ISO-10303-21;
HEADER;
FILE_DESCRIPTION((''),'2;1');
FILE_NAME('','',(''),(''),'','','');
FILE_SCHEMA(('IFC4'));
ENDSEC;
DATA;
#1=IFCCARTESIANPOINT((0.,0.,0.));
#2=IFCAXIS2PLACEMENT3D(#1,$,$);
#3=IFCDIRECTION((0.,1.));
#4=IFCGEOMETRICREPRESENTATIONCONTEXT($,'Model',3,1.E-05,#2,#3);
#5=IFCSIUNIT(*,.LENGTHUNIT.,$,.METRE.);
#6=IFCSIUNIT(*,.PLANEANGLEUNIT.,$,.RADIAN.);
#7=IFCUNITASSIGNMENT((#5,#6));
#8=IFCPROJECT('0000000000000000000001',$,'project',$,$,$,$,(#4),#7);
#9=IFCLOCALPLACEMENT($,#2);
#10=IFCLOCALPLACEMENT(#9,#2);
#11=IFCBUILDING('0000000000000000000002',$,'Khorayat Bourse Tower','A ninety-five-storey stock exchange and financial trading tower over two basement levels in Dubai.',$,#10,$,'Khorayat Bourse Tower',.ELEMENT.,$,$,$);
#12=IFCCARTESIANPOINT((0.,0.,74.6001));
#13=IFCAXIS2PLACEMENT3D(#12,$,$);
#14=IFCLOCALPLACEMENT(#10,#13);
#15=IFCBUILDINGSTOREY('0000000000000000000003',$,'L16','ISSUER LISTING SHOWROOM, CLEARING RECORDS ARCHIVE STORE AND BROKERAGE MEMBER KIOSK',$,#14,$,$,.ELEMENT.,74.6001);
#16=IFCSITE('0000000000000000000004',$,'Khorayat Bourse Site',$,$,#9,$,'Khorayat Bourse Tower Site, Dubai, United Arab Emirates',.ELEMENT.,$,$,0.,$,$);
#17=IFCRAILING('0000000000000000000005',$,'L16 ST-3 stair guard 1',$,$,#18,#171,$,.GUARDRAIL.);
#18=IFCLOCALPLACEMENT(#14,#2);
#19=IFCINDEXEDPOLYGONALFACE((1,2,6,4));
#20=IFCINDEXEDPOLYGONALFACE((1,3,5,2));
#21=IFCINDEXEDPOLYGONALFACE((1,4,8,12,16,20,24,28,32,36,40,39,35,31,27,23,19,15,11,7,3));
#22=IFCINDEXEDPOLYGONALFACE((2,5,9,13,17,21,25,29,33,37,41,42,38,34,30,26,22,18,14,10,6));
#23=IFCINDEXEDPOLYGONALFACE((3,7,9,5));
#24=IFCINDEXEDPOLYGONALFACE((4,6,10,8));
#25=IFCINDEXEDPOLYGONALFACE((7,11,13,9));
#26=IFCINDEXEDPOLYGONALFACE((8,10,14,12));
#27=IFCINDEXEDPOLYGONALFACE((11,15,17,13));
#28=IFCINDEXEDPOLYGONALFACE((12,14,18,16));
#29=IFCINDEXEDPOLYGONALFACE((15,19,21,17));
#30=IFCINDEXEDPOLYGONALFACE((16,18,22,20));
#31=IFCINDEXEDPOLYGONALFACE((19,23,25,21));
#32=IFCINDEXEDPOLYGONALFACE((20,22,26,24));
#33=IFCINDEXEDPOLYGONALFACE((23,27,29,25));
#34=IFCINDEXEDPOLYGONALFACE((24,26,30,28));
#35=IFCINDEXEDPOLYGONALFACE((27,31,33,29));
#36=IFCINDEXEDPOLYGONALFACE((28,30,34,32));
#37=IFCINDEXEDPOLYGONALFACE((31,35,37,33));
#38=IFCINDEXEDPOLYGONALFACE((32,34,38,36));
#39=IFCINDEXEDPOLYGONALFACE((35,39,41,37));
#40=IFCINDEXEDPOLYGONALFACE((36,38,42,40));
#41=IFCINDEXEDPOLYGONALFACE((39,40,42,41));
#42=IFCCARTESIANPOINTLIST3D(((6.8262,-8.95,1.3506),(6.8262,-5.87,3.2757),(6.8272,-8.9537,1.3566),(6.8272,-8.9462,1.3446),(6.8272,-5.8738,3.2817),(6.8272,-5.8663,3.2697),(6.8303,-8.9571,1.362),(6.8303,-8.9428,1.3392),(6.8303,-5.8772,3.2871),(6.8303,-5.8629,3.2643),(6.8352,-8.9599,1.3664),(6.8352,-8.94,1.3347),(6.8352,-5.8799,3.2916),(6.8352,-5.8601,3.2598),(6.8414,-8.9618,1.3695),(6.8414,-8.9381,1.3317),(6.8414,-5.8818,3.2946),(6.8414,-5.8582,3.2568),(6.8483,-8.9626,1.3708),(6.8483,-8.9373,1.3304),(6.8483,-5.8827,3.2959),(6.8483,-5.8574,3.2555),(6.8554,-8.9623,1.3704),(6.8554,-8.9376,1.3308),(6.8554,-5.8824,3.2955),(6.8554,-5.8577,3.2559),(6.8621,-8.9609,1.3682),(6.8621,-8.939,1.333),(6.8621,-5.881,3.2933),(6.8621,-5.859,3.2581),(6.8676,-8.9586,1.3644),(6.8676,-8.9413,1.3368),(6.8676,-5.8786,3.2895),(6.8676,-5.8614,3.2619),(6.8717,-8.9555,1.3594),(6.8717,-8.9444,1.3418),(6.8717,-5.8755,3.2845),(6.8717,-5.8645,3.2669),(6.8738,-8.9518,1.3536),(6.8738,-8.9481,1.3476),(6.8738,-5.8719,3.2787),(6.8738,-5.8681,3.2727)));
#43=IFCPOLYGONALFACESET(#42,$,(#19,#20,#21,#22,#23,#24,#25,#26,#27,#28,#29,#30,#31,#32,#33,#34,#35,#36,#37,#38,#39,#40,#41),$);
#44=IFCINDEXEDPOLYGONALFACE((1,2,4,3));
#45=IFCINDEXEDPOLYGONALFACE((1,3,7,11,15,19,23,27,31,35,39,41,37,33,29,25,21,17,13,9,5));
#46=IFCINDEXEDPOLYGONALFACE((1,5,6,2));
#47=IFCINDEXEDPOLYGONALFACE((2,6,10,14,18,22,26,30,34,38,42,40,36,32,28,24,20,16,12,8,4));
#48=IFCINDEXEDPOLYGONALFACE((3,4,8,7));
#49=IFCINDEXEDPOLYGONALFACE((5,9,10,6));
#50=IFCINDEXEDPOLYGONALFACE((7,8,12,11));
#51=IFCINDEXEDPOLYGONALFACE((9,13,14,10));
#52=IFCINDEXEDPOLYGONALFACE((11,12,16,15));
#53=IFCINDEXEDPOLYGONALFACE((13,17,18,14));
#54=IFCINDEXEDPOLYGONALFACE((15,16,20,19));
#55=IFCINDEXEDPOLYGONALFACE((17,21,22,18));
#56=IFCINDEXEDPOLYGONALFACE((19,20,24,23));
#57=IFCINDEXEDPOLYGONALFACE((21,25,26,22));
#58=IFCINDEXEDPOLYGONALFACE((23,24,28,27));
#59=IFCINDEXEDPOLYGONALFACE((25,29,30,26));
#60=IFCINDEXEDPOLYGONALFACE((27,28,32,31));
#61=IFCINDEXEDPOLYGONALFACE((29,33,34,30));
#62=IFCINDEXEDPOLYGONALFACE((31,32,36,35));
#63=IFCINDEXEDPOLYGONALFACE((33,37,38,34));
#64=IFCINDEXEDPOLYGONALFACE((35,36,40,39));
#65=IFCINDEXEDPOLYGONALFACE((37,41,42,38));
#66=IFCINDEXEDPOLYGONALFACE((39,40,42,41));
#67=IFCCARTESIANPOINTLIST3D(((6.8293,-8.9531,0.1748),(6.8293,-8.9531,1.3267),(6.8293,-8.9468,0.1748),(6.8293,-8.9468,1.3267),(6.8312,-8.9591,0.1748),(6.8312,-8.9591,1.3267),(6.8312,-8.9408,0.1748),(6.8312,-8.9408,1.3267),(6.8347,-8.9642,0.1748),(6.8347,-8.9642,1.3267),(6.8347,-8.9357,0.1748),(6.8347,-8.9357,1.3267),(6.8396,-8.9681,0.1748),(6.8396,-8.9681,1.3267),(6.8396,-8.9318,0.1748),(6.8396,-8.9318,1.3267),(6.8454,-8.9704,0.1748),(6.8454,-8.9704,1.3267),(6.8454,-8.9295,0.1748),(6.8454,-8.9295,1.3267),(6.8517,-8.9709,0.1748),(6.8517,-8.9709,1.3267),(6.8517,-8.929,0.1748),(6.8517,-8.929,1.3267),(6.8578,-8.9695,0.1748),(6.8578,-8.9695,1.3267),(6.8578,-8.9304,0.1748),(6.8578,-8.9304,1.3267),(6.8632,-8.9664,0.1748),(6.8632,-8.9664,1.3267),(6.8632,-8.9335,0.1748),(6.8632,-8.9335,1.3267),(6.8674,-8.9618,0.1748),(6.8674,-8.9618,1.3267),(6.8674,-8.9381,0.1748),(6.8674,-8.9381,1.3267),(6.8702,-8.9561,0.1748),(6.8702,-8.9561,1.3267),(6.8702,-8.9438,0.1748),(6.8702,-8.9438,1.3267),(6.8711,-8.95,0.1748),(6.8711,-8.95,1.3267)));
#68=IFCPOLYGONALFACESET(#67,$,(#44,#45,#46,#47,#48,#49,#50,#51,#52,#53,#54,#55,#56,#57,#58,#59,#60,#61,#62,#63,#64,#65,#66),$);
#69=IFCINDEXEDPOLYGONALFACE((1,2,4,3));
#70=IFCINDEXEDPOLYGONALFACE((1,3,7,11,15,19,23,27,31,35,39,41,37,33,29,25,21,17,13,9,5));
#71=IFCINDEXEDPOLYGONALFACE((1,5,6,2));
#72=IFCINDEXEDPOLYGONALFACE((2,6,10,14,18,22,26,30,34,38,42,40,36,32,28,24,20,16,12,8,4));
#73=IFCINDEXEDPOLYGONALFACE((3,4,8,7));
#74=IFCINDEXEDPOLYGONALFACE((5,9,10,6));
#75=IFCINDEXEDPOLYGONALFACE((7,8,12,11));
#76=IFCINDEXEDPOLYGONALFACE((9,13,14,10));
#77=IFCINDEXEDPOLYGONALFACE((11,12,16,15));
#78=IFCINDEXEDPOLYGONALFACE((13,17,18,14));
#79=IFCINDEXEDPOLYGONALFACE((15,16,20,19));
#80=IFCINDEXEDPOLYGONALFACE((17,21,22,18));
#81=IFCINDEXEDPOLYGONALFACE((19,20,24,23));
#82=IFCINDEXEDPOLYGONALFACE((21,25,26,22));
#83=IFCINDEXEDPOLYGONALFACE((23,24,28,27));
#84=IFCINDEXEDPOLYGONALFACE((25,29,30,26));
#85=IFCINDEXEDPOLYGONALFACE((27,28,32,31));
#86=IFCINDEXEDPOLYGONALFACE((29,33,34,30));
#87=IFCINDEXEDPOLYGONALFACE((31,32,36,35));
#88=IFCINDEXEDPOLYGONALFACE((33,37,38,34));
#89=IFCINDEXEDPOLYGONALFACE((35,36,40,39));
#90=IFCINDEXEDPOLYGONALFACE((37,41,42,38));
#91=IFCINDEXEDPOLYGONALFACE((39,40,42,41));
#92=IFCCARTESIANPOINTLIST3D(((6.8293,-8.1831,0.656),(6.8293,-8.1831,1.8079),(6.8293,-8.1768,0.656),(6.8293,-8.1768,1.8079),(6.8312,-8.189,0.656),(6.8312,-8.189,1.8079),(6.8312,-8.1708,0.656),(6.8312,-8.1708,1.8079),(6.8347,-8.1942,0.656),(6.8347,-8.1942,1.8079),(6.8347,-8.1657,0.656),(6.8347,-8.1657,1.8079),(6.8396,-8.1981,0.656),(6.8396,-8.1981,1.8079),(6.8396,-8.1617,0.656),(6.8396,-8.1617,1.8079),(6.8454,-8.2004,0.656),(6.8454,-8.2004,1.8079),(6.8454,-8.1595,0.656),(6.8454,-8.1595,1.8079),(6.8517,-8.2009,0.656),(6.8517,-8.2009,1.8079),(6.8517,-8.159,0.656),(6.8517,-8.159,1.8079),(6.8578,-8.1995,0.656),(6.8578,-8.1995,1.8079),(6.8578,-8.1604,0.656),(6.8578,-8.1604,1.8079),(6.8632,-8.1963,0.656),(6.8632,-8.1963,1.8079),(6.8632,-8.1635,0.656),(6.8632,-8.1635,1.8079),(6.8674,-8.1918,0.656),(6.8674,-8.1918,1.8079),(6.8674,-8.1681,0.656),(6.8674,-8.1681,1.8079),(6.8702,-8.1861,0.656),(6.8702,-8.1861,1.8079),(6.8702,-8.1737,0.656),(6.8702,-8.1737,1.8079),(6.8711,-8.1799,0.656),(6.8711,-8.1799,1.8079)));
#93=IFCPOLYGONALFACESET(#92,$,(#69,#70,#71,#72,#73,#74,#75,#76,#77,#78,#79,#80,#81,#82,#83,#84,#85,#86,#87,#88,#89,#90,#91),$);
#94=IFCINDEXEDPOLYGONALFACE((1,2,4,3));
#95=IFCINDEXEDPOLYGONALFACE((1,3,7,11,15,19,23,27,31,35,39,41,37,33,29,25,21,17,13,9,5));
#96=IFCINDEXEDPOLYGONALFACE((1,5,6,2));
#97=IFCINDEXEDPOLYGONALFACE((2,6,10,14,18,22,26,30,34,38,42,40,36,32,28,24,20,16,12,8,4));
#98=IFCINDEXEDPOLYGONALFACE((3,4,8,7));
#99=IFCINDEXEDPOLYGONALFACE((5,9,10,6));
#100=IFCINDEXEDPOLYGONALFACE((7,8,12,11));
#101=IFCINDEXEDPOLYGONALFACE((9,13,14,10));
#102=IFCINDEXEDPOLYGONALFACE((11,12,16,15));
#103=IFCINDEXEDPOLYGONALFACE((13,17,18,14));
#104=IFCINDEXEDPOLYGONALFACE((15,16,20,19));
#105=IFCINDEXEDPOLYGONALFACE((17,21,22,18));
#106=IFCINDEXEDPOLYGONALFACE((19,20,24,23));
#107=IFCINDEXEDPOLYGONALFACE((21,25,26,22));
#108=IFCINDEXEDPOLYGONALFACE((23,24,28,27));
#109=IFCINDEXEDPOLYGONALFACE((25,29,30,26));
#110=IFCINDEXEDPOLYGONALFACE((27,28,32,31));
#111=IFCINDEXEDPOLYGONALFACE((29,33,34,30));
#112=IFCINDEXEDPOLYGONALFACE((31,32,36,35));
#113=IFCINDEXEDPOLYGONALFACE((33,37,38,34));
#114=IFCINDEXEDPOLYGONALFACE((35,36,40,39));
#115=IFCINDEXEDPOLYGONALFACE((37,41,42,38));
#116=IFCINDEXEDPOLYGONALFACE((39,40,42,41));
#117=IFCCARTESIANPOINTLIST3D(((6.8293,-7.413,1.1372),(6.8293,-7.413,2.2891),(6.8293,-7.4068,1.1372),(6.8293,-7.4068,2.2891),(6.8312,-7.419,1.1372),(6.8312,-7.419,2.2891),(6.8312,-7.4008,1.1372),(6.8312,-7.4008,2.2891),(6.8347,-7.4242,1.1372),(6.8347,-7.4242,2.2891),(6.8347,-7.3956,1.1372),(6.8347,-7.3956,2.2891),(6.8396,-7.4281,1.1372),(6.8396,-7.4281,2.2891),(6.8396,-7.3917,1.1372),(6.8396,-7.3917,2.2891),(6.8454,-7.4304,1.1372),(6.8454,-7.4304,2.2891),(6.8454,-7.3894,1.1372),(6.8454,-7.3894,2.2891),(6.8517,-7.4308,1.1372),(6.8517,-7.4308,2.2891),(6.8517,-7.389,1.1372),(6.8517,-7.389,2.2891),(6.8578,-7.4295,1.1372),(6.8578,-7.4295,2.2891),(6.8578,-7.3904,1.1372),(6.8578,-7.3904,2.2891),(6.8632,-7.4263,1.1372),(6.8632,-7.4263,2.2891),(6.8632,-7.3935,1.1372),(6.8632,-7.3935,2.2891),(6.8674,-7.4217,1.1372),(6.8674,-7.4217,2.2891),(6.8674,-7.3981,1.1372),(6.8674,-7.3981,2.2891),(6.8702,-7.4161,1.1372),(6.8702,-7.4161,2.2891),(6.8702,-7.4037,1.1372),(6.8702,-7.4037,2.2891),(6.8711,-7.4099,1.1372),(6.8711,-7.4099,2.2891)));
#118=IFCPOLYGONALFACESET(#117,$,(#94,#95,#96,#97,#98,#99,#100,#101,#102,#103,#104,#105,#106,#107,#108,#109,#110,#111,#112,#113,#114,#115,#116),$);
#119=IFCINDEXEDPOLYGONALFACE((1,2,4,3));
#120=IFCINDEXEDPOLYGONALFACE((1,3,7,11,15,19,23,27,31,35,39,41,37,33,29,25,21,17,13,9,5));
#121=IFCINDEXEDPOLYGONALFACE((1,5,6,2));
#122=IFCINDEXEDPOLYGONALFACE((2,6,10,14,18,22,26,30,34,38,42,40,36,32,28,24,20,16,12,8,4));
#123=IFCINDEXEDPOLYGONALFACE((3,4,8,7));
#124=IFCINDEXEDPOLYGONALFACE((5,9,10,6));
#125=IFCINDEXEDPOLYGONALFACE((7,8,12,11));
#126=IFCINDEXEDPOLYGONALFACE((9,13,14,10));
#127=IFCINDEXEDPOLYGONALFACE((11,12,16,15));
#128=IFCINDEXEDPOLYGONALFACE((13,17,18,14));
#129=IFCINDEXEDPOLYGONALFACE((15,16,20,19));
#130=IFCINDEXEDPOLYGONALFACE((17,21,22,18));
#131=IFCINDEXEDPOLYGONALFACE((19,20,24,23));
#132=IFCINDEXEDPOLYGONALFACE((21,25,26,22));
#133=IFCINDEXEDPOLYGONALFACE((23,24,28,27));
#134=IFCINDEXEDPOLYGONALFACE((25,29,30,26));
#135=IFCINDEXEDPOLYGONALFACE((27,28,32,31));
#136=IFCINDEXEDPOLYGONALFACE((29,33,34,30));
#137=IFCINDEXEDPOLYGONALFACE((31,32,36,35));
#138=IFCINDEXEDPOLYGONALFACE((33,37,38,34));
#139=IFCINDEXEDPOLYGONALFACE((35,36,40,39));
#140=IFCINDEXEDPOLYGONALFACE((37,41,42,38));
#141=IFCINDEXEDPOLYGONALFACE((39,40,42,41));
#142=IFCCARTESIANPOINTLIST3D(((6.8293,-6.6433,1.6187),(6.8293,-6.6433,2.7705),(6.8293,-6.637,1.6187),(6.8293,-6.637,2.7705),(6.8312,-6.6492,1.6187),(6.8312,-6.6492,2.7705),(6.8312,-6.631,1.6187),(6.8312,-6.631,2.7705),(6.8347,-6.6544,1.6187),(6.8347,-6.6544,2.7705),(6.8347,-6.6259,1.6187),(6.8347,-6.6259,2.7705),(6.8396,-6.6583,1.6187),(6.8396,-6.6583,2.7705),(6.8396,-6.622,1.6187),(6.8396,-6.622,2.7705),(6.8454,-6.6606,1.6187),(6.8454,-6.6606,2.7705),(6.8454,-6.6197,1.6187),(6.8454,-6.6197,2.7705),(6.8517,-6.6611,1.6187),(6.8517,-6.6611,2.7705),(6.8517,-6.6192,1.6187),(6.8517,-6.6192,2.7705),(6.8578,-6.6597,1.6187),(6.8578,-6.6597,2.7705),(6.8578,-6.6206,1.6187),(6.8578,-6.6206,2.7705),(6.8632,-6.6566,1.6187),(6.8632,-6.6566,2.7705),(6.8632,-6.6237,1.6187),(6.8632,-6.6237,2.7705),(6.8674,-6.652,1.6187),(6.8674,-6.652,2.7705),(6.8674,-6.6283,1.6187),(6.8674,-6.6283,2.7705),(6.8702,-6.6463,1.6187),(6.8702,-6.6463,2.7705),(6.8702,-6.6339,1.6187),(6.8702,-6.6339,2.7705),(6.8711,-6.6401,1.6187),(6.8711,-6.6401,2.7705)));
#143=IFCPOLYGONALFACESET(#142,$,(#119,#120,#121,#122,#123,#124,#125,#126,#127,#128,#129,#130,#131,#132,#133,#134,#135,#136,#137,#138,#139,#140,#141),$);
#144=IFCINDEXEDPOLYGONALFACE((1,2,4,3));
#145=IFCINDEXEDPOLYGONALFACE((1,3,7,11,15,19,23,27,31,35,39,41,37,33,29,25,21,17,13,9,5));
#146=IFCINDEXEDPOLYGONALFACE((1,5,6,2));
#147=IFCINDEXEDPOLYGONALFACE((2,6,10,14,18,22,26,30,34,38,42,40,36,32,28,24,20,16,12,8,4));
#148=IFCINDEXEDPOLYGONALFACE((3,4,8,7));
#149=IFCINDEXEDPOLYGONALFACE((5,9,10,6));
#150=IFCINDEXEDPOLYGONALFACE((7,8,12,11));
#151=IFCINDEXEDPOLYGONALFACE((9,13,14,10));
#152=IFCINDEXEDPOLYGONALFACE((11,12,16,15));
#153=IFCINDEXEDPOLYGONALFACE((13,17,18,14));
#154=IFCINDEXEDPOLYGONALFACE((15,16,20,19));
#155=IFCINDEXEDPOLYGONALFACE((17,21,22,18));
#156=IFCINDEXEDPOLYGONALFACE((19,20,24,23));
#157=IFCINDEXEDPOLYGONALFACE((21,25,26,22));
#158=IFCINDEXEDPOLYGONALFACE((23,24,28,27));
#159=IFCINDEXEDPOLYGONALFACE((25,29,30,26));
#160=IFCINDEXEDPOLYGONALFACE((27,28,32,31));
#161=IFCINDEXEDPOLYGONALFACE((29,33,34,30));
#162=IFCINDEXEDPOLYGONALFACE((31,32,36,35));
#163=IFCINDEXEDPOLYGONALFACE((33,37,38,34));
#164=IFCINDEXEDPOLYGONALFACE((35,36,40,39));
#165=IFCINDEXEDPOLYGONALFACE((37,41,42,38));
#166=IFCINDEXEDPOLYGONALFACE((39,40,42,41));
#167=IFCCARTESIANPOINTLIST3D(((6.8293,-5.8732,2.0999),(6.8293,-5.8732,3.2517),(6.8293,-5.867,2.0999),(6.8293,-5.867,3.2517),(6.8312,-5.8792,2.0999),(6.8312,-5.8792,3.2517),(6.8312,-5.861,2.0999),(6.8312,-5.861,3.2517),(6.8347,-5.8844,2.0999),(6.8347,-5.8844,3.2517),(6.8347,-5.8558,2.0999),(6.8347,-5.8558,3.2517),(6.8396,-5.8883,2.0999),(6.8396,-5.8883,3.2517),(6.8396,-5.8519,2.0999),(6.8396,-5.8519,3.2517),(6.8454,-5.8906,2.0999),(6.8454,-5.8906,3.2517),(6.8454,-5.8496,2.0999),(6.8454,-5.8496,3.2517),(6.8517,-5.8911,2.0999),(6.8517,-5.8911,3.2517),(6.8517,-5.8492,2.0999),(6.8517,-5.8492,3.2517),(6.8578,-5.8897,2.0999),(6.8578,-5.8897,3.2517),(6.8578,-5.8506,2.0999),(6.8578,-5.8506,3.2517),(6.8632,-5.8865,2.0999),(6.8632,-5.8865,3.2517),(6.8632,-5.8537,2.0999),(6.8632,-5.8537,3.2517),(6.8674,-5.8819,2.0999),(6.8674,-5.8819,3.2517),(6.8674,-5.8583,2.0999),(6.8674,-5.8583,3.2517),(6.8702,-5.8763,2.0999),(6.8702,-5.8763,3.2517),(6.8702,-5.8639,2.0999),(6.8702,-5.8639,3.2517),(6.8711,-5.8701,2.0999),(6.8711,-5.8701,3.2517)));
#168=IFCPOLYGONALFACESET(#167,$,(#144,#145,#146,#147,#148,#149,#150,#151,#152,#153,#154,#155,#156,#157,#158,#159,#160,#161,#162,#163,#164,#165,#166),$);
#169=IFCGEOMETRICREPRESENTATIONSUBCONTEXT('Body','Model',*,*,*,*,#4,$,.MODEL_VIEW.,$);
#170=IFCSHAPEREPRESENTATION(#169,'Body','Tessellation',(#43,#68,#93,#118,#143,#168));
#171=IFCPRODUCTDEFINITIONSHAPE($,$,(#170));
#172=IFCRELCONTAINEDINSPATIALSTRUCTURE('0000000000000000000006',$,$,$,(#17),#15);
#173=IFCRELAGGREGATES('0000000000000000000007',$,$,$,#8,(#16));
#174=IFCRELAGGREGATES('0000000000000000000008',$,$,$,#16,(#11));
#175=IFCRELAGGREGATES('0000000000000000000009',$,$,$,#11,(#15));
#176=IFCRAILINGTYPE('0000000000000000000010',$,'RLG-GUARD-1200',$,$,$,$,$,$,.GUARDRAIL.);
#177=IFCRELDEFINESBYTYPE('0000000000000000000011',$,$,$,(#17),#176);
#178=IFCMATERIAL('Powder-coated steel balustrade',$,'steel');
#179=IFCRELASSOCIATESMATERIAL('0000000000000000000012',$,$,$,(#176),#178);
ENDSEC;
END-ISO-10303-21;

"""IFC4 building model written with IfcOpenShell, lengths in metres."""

from ifc_helpers import new_model, si_unit, direction, frame, origin, origin_2d, place, context, subcontext, project, spatial, circle, extrude, source, transform, mapped, material, type_object, element, save


model = new_model("IFC4")

# Units and contexts
model_context = context("Model", 3, precision=1e-05, world=origin(), true_north=direction((0.0, 1.0)))
body_context = subcontext(model_context, "Body", "Model", "MODEL_VIEW")
ifc_project = project(units=[si_unit("LENGTHUNIT", "METRE"), si_unit("PLANEANGLEUNIT", "RADIAN")], contexts=[model_context])

# Site, building, storey
site_placement = place(None, origin())
site = spatial("IfcSite", under=ifc_project, at=site_placement, Name="Khorayat Bourse Site", LongName="Khorayat Bourse Tower Site, Dubai, United Arab Emirates", CompositionType="ELEMENT", RefElevation=0.0)
building_placement = place(site_placement, origin())
building = spatial("IfcBuilding", under=site, at=building_placement, Name="Khorayat Bourse Tower", Description="A ninety-five-storey stock exchange and financial trading tower over two basement levels in Dubai.", LongName="Khorayat Bourse Tower", CompositionType="ELEMENT")
storey_placement = place(building_placement, frame((0.0, 0.0, 74.6001)))
storey = spatial("IfcBuildingStorey", under=building, at=storey_placement, Name="L16", Description="ISSUER LISTING SHOWROOM, CLEARING RECORDS ARCHIVE STORE AND BROKERAGE MEMBER KIOSK", CompositionType="ELEMENT", Elevation=74.6001)

# Railing
ifc_material_1 = material(Name="Powder-coated steel balustrade", Category="steel")
railing_type_1 = type_object("IfcRailingType", Name="RLG-GUARD-1200", PredefinedType="GUARDRAIL", material=ifc_material_1)
shared_shape_1 = source(origin(), body_context, "Body", "SweptSolid", [
    extrude(circle(Radius=0.0239, at=origin_2d()), frame((0.0, 0.0, 1.1758), z_axis=(0.0, 0.847979, 0.530029), x_axis=(-1.0, 0.0, 0.0)), (0.0, 0.0, 1.0), 3.6321),
    extrude(circle(Radius=0.021, at=origin_2d()), origin(), (0.0, 0.0, 1.0), 1.1519),
    extrude(circle(Radius=0.021, at=origin_2d()), frame((0.0, 0.77, 0.4812)), (0.0, 0.0, 1.0), 1.1519),
    extrude(circle(Radius=0.021, at=origin_2d()), frame((0.0, 1.54, 0.9624)), (0.0, 0.0, 1.0), 1.1519),
    extrude(circle(Radius=0.021, at=origin_2d()), frame((0.0, 2.3098, 1.4438)), (0.0, 0.0, 1.0), 1.1519),
    extrude(circle(Radius=0.021, at=origin_2d()), frame((0.0, 3.0798, 1.925)), (0.0, 0.0, 1.0), 1.1519),
])
railing_1_placement = place(storey_placement, frame((6.8501, -8.95, 0.1748)))
element("IfcRailing", 1, at=railing_1_placement, inside=storey, type_object=railing_type_1, Name="L16 ST-3 stair guard 1", PredefinedType="GUARDRAIL", context=body_context, shape_type="MappedRepresentation", body=[
    mapped(shared_shape_1, transform((0.0, 0.0, 0.0), scale=1.0)),
])

save(model, "model.ifc")
